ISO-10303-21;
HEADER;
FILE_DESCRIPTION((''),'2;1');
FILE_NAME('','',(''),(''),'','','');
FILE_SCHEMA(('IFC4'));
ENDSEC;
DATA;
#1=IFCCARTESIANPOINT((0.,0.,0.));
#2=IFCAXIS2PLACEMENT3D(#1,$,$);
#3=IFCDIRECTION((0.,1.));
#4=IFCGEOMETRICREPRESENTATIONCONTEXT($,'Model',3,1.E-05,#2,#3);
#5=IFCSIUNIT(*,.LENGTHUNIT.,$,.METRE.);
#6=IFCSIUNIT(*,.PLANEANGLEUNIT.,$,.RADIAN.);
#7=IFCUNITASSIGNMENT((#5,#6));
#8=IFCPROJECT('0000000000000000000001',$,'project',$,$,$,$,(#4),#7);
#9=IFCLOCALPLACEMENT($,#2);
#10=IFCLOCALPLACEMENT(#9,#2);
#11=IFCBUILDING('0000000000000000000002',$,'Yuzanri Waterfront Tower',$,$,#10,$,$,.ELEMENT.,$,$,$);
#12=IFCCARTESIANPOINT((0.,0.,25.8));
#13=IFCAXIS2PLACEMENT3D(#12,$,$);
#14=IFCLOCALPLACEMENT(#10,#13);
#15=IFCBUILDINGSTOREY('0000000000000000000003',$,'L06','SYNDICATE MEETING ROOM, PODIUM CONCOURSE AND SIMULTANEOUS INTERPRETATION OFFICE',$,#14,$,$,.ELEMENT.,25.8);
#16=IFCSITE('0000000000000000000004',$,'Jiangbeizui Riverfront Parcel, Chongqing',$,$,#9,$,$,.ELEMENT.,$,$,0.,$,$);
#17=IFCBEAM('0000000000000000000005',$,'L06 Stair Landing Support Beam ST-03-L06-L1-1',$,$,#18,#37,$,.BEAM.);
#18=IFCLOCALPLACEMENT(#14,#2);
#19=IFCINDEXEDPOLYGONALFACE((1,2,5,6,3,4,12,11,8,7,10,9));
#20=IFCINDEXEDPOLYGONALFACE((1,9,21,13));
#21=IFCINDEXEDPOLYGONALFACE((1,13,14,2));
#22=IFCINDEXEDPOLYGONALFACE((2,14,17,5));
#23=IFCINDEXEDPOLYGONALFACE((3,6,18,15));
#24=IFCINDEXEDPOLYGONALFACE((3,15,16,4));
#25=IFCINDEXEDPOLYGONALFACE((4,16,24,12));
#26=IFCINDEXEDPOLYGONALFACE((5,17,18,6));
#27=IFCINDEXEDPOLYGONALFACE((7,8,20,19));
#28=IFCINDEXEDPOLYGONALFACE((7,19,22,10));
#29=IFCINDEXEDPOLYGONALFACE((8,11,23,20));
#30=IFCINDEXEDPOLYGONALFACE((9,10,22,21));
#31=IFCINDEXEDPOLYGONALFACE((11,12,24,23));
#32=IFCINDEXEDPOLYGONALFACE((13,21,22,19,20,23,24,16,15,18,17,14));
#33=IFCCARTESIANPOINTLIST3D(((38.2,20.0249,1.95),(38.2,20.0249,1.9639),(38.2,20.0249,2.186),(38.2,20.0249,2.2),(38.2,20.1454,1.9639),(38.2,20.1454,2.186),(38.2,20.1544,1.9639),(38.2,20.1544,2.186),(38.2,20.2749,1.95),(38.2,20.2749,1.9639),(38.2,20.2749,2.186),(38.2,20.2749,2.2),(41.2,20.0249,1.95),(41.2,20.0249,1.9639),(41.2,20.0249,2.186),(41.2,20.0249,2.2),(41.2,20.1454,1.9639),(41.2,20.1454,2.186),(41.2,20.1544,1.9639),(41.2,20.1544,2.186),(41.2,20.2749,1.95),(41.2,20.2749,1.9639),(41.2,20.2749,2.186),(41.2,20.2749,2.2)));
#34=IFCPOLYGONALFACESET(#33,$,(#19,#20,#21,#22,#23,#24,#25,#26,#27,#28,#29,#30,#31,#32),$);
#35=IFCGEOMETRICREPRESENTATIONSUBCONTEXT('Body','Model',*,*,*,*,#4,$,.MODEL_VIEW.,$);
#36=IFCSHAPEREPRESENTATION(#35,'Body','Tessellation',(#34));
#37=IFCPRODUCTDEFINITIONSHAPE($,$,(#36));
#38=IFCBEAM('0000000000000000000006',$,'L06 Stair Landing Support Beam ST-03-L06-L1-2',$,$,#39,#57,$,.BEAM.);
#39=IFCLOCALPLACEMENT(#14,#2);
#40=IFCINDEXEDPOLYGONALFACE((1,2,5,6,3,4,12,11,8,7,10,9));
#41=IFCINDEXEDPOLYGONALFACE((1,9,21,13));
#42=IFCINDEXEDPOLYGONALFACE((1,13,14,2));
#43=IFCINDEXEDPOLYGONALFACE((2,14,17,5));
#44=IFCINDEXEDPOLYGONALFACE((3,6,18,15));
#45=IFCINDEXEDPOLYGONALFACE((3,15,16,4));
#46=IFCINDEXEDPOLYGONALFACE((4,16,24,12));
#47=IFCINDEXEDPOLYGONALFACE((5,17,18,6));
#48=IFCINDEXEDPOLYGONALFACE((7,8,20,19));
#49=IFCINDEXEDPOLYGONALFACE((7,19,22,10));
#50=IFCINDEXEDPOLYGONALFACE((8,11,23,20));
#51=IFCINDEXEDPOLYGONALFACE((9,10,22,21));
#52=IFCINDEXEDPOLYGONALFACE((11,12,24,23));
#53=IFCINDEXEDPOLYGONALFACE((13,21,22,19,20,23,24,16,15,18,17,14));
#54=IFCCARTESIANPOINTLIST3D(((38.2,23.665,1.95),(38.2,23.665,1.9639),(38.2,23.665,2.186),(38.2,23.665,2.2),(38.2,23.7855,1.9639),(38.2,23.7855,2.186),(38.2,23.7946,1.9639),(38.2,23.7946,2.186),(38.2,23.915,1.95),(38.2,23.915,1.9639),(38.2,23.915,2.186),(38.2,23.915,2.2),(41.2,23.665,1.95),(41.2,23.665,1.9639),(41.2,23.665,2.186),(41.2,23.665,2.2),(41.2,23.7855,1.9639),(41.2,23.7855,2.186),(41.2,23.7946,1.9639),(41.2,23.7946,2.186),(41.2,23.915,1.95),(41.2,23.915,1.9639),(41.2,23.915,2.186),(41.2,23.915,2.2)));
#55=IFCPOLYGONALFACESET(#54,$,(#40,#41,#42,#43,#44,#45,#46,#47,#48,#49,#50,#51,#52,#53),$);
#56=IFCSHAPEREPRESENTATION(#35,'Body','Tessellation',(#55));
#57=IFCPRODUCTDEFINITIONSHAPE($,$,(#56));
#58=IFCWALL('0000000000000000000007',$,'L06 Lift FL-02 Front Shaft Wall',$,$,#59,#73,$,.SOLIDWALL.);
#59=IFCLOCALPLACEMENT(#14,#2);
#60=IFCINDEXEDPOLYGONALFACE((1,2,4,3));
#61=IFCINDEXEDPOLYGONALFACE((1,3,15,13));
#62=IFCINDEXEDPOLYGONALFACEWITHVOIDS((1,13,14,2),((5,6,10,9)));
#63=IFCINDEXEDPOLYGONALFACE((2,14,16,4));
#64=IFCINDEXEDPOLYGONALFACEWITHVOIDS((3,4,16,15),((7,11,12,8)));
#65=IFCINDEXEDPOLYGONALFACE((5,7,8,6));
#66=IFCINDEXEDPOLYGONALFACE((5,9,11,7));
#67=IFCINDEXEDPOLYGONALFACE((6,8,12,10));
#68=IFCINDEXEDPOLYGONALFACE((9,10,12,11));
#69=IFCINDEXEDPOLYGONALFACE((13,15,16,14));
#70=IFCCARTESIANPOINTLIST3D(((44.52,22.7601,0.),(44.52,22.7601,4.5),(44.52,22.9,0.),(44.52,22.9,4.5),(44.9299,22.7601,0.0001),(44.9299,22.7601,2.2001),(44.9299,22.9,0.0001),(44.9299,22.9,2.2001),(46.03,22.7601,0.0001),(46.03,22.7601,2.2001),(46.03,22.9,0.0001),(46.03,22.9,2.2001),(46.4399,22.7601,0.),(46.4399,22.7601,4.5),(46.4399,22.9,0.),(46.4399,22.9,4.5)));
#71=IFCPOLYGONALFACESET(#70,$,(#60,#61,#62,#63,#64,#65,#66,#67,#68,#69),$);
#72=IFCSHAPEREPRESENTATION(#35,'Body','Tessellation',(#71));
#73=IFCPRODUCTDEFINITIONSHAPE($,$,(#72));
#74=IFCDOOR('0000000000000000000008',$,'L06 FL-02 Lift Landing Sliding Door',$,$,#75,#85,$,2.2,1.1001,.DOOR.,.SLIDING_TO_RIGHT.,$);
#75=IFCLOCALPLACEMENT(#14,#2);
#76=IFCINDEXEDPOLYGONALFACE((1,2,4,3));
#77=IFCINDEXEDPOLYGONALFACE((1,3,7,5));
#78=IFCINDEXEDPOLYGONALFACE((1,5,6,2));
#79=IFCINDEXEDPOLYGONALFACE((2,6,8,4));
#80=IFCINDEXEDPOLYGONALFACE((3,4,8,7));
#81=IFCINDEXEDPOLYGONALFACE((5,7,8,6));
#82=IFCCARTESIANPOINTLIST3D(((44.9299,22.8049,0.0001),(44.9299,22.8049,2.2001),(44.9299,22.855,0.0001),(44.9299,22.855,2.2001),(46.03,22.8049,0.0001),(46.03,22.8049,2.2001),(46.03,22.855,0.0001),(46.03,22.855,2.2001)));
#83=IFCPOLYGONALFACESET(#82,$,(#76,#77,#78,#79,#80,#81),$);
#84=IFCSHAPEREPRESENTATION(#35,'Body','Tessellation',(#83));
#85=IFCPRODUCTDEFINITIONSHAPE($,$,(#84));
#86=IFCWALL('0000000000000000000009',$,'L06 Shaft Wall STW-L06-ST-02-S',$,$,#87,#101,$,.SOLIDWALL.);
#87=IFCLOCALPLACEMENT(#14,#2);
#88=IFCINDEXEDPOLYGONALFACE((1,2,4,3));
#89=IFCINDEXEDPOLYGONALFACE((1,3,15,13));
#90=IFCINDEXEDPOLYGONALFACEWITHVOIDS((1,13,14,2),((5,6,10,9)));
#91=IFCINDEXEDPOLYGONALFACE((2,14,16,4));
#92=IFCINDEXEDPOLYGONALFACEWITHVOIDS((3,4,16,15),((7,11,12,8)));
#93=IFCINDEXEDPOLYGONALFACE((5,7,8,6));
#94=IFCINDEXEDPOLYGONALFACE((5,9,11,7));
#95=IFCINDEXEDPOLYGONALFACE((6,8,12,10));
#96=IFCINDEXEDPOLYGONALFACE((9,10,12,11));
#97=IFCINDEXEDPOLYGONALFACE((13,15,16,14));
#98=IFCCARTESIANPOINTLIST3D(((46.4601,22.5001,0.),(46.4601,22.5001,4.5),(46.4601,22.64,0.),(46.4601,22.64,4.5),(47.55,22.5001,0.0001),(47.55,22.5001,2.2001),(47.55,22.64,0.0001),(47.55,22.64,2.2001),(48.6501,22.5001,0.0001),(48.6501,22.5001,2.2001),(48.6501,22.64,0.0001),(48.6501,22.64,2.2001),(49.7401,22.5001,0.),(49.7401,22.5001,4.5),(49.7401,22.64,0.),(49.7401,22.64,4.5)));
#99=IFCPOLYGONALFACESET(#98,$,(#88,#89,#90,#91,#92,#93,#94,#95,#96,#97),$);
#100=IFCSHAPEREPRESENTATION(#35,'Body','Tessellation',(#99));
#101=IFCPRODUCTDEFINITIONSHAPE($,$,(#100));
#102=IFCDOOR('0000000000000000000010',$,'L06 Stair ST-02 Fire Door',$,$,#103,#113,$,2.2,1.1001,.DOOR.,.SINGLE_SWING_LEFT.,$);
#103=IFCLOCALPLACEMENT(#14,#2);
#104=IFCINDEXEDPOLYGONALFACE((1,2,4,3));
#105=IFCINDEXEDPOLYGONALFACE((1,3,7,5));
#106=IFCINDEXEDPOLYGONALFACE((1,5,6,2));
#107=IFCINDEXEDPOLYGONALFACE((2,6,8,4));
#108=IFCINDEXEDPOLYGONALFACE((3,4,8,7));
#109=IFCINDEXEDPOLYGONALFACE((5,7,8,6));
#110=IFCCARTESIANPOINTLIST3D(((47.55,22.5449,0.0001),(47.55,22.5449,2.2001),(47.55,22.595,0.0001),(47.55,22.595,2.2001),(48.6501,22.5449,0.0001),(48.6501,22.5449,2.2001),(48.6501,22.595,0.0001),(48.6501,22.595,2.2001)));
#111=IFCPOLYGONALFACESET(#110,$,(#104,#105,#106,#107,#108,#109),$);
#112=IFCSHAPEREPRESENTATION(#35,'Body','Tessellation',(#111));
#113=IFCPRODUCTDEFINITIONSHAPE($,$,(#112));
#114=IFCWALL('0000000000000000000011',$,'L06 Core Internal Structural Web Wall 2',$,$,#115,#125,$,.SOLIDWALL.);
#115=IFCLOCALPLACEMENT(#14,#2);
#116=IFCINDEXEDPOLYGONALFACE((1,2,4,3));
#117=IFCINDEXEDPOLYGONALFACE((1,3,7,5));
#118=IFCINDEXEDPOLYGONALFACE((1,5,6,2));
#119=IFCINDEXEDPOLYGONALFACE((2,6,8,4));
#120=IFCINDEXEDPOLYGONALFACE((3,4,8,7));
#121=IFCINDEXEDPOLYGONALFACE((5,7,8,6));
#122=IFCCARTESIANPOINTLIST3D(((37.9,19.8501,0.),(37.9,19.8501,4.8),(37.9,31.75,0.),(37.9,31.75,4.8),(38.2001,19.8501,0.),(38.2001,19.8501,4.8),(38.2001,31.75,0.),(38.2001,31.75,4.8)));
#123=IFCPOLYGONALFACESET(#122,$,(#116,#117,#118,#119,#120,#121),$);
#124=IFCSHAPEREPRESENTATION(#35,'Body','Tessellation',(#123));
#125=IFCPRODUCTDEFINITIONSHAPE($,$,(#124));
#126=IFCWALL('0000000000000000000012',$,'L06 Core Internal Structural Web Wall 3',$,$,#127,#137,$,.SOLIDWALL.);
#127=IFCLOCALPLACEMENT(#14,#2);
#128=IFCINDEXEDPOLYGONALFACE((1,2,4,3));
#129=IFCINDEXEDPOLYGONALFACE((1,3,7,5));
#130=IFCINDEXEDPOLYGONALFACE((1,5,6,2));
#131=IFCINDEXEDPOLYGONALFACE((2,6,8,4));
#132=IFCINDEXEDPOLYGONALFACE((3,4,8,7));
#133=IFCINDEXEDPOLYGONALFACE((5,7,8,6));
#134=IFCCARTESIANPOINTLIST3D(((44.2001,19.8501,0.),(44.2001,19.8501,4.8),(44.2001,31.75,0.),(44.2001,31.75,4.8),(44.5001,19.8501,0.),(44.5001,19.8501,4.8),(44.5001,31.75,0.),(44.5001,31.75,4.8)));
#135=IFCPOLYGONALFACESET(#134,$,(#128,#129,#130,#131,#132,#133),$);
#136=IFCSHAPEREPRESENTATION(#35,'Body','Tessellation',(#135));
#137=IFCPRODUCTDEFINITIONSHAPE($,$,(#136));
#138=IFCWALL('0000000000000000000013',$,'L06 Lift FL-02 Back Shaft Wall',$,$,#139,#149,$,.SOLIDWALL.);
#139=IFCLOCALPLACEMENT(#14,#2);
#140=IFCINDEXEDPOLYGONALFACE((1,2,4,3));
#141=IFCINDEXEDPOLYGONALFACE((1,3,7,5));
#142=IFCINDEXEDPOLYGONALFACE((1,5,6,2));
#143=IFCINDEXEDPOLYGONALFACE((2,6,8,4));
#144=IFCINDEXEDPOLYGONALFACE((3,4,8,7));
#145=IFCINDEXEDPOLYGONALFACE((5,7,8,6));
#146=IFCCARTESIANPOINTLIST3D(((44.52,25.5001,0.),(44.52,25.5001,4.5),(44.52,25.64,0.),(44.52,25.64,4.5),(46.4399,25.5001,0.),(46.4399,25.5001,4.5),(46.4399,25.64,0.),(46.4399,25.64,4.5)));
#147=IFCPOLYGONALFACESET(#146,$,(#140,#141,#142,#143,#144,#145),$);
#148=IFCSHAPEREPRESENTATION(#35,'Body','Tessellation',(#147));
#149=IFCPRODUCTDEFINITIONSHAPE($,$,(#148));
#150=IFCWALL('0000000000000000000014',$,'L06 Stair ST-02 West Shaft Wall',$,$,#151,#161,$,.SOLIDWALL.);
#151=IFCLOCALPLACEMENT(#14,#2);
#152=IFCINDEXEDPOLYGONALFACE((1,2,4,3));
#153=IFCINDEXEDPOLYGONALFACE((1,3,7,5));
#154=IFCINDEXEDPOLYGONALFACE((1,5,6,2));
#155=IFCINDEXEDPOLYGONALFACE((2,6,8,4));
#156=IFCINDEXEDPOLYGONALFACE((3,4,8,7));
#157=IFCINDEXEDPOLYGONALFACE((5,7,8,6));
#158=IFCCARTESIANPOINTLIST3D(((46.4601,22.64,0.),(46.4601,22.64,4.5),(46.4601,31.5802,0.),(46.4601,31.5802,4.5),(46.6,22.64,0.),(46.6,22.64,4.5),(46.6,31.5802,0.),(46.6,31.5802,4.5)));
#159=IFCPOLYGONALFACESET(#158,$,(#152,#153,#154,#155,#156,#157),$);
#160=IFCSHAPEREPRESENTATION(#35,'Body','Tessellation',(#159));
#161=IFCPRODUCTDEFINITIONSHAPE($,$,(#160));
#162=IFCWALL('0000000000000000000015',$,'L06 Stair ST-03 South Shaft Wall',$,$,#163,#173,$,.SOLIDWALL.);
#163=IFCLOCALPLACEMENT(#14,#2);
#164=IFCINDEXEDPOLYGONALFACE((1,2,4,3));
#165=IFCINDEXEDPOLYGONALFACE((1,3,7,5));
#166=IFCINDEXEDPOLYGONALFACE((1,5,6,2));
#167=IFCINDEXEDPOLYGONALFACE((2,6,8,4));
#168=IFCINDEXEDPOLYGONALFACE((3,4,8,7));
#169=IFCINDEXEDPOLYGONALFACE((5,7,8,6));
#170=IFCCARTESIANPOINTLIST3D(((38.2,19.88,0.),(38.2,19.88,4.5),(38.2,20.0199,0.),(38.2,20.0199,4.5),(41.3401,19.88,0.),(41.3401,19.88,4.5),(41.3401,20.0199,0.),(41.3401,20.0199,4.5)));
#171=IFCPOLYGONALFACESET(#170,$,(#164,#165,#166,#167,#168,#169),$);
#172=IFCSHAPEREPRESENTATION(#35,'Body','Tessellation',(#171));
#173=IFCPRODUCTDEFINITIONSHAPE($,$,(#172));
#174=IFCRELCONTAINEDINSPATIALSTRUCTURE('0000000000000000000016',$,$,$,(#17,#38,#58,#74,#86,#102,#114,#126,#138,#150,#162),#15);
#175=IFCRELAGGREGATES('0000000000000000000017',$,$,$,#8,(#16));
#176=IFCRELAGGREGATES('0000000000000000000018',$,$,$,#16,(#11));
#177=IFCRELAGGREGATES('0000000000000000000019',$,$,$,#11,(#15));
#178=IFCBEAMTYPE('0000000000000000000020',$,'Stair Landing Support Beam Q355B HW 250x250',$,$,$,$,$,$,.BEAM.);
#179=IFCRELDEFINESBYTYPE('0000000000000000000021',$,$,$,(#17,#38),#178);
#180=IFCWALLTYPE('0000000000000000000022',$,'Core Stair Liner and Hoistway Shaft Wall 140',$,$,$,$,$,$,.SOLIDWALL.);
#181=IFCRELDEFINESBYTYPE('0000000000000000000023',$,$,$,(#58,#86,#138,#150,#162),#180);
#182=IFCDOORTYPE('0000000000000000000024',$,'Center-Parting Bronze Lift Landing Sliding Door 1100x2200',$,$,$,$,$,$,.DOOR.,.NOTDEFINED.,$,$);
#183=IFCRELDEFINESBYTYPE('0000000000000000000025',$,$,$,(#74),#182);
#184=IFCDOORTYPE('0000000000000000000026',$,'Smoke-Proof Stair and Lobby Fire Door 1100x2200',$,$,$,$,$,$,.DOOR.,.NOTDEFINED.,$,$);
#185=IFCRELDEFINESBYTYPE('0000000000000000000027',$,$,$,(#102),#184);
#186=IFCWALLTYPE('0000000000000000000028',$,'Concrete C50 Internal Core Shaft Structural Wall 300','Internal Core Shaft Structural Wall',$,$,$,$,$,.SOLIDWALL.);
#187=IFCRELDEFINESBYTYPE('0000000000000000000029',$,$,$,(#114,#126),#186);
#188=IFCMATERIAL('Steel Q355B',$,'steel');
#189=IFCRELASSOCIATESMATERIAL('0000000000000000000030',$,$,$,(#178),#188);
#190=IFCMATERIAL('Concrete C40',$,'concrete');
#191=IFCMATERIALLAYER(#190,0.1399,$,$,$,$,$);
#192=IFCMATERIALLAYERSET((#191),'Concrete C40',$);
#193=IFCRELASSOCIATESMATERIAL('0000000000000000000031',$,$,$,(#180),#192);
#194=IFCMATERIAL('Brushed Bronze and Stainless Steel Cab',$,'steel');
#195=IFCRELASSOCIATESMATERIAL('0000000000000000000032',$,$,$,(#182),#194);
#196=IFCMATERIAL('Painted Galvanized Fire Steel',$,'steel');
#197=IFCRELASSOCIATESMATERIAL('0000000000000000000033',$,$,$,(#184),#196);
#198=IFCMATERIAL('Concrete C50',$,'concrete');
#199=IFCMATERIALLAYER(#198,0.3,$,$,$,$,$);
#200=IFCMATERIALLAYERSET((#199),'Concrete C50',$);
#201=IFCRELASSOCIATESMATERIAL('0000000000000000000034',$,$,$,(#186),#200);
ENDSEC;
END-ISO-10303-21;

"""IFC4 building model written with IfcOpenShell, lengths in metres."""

from ifc_helpers import new_model, si_unit, direction, frame, frame_2d, origin, origin_2d, place, context, subcontext, project, spatial, rectangle, i_section, extrude, source, transform, mapped, material, layer, layer_set, material_profile, profile_set, type_object, element, fill, save


model = new_model("IFC4")

# Units and contexts
model_context = context("Model", 3, precision=1e-05, world=origin(), true_north=direction((0.0, 1.0)))
body_context = subcontext(model_context, "Body", "Model", "MODEL_VIEW")
ifc_project = project(units=[si_unit("LENGTHUNIT", "METRE"), si_unit("PLANEANGLEUNIT", "RADIAN")], contexts=[model_context])

# Site, building, storey
site_placement = place(None, origin())
site = spatial("IfcSite", under=ifc_project, at=site_placement, Name="Jiangbeizui Riverfront Parcel, Chongqing", CompositionType="ELEMENT", RefElevation=0.0)
building_placement = place(site_placement, origin())
building = spatial("IfcBuilding", under=site, at=building_placement, Name="Yuzanri Waterfront Tower", CompositionType="ELEMENT")
storey_placement = place(building_placement, frame((0.0, 0.0, 25.8)))
storey = spatial("IfcBuildingStorey", under=building, at=storey_placement, Name="L06", Description="SYNDICATE MEETING ROOM, PODIUM CONCOURSE AND SIMULTANEOUS INTERPRETATION OFFICE", CompositionType="ELEMENT", Elevation=25.8)

# Beams
ifc_material_1 = material(Name="Steel Q355B", Category="steel")
ifc_material_profile = material_profile(ifc_material_1, i_section(OverallWidth=0.25, OverallDepth=0.25, WebThickness=0.009, FlangeThickness=0.0139, at=origin_2d()), Name="HW 250x250x9x14")
ifc_profile_set = profile_set([ifc_material_profile], Name="Steel Q355B")
beam_type = type_object("IfcBeamType", Name="Stair Landing Support Beam Q355B HW 250x250", PredefinedType="BEAM", material=ifc_profile_set)
shared_shape_1 = source(origin(), body_context, "Body", "SweptSolid", [
    extrude(i_section(OverallWidth=0.25, OverallDepth=0.25, WebThickness=0.009, FlangeThickness=0.0139, at=origin_2d()), origin(), (0.0, 0.0, 1.0), 3.0),
])
for number, where, z_axis, x_axis, name in (
    (1, (38.2, 20.1499, 2.075), (1.0, 0.0, 0.0), (0.0, 1.0, 0.0), "L06 Stair Landing Support Beam ST-03-L06-L1-1"),
    (2, (38.2, 23.79, 2.075), (1.0, 0.0, 0.0), (0.0, 1.0, 0.0), "L06 Stair Landing Support Beam ST-03-L06-L1-2"),
):
    element("IfcBeam", number, at=place(storey_placement, frame(where, z_axis=z_axis, x_axis=x_axis)), inside=storey, type_object=beam_type, Name=name, PredefinedType="BEAM", context=body_context, shape_type="MappedRepresentation", body=[
        mapped(shared_shape_1, transform((0.0, 0.0, 0.0), scale=1.0)),
    ])

# Walls, openings, doors
ifc_material_2 = material(Name="Concrete C40", Category="concrete")
ifc_layer_1 = layer(ifc_material_2, 0.1399)
ifc_layer_set_1 = layer_set([ifc_layer_1], Name="Concrete C40")
wall_type_1 = type_object("IfcWallType", Name="Core Stair Liner and Hoistway Shaft Wall 140", PredefinedType="SOLIDWALL", material=ifc_layer_set_1)
wall_1_placement = place(storey_placement, frame((44.52, 22.8301, 0.0), z_axis=(0.0, 0.0, 1.0), x_axis=(1.0, 0.0, 0.0)))
wall_1 = element("IfcWall", 3, at=wall_1_placement, inside=storey, type_object=wall_type_1, Name="L06 Lift FL-02 Front Shaft Wall", PredefinedType="SOLIDWALL", context=body_context, shape_type="SweptSolid", body=[
    extrude(rectangle(XDim=1.9199, YDim=0.1399, at=frame_2d((0.96, 0.0))), origin(), (0.0, 0.0, 1.0), 4.5),
])
opening_1_placement = place(wall_1_placement, frame((0.4099, 0.0, 0.0)))
opening_1 = element("IfcOpeningElement", 4, at=opening_1_placement, cuts=wall_1, PredefinedType="OPENING", context=body_context, shape_type="SweptSolid", body=[
    extrude(rectangle(XDim=1.1001, YDim=2.2, at=frame_2d((0.55, 1.1001))), frame((0.0, 0.085, 0.0), z_axis=(0.0, -1.0, 0.0), x_axis=(1.0, 0.0, 0.0)), (0.0, 0.0, 1.0), 0.1697),
])
ifc_material_3 = material(Name="Brushed Bronze and Stainless Steel Cab", Category="steel")
door_type_1 = type_object("IfcDoorType", Name="Center-Parting Bronze Lift Landing Sliding Door 1100x2200", OperationType="NOTDEFINED", PredefinedType="DOOR", material=ifc_material_3)
shared_shape_2 = source(origin(), body_context, "Body", "SweptSolid", [
    extrude(rectangle(XDim=1.1001, YDim=2.2, at=frame_2d((0.55, 1.1001))), frame((0.0, 0.0249, 0.0), z_axis=(0.0, -1.0, 0.0), x_axis=(1.0, 0.0, 0.0)), (0.0, 0.0, 1.0), 0.05),
])
door_1_placement = place(opening_1_placement, origin())
door_1 = element("IfcDoor", 5, at=door_1_placement, inside=storey, type_object=door_type_1, Name="L06 FL-02 Lift Landing Sliding Door", OperationType="SLIDING_TO_RIGHT", OverallHeight=2.2, OverallWidth=1.1001, PredefinedType="DOOR", context=body_context, shape_type="MappedRepresentation", body=[
    mapped(shared_shape_2, transform((0.0, 0.0, 0.0), scale=1.0)),
])
fill(opening_1, door_1)
wall_2_placement = place(storey_placement, frame((46.46, 22.5701, 0.0), z_axis=(0.0, 0.0, 1.0), x_axis=(1.0, 0.0, 0.0)))
wall_2 = element("IfcWall", 6, at=wall_2_placement, inside=storey, type_object=wall_type_1, Name="L06 Shaft Wall STW-L06-ST-02-S", PredefinedType="SOLIDWALL", context=body_context, shape_type="SweptSolid", body=[
    extrude(rectangle(XDim=3.28, YDim=0.1399, at=frame_2d((1.6401, 0.0))), origin(), (0.0, 0.0, 1.0), 4.5),
])
opening_2_placement = place(wall_2_placement, frame((1.0901, 0.0, 0.0)))
opening_2 = element("IfcOpeningElement", 7, at=opening_2_placement, cuts=wall_2, PredefinedType="OPENING", context=body_context, shape_type="SweptSolid", body=[
    extrude(rectangle(XDim=1.1001, YDim=2.2, at=frame_2d((0.55, 1.1001))), frame((0.0, 0.085, 0.0), z_axis=(0.0, -1.0, 0.0), x_axis=(1.0, 0.0, 0.0)), (0.0, 0.0, 1.0), 0.1697),
])
ifc_material_4 = material(Name="Painted Galvanized Fire Steel", Category="steel")
door_type_2 = type_object("IfcDoorType", Name="Smoke-Proof Stair and Lobby Fire Door 1100x2200", OperationType="NOTDEFINED", PredefinedType="DOOR", material=ifc_material_4)
shared_shape_3 = source(origin(), body_context, "Body", "SweptSolid", [
    extrude(rectangle(XDim=1.1001, YDim=2.2, at=frame_2d((0.55, 1.1001))), frame((0.0, 0.0249, 0.0), z_axis=(0.0, -1.0, 0.0), x_axis=(1.0, 0.0, 0.0)), (0.0, 0.0, 1.0), 0.05),
])
door_2_placement = place(opening_2_placement, origin())
door_2 = element("IfcDoor", 8, at=door_2_placement, inside=storey, type_object=door_type_2, Name="L06 Stair ST-02 Fire Door", OperationType="SINGLE_SWING_LEFT", OverallHeight=2.2, OverallWidth=1.1001, PredefinedType="DOOR", context=body_context, shape_type="MappedRepresentation", body=[
    mapped(shared_shape_3, transform((0.0, 0.0, 0.0), scale=1.0)),
])
fill(opening_2, door_2)

# Walls
ifc_material_5 = material(Name="Concrete C50", Category="concrete")
ifc_layer_2 = layer(ifc_material_5, 0.3)
ifc_layer_set_2 = layer_set([ifc_layer_2], Name="Concrete C50")
wall_type_2 = type_object("IfcWallType", Name="Concrete C50 Internal Core Shaft Structural Wall 300", Description="Internal Core Shaft Structural Wall", PredefinedType="SOLIDWALL", material=ifc_layer_set_2)
shared_shape_4 = source(origin(), body_context, "Body", "SweptSolid", [
    extrude(rectangle(XDim=11.8999, YDim=0.3, at=frame_2d((5.95, 0.0))), origin(), (0.0, 0.0, 1.0), 4.8),
])
for number, where, z_axis, x_axis, name in (
    (9, (38.05, 19.8501, 0.0), (0.0, 0.0, 1.0), (0.0, 1.0, 0.0), "L06 Core Internal Structural Web Wall 2"),
    (10, (44.3501, 19.8501, 0.0), (0.0, 0.0, 1.0), (0.0, 1.0, 0.0), "L06 Core Internal Structural Web Wall 3"),
):
    element("IfcWall", number, at=place(storey_placement, frame(where, z_axis=z_axis, x_axis=x_axis)), inside=storey, type_object=wall_type_2, Name=name, PredefinedType="SOLIDWALL", context=body_context, shape_type="MappedRepresentation", body=[
        mapped(shared_shape_4, transform((0.0, 0.0, 0.0), scale=1.0)),
    ])
shared_shape_5 = source(origin(), body_context, "Body", "SweptSolid", [
    extrude(rectangle(XDim=1.9199, YDim=0.1399, at=frame_2d((0.96, 0.0))), origin(), (0.0, 0.0, 1.0), 4.5),
])
wall_3_placement = place(storey_placement, frame((44.52, 25.5701, 0.0), z_axis=(0.0, 0.0, 1.0), x_axis=(1.0, 0.0, 0.0)))
element("IfcWall", 11, at=wall_3_placement, inside=storey, type_object=wall_type_1, Name="L06 Lift FL-02 Back Shaft Wall", PredefinedType="SOLIDWALL", context=body_context, shape_type="MappedRepresentation", body=[
    mapped(shared_shape_5, transform((0.0, 0.0, 0.0), scale=1.0)),
])
shared_shape_6 = source(origin(), body_context, "Body", "SweptSolid", [
    extrude(rectangle(XDim=8.9402, YDim=0.1399, at=frame_2d((4.4702, 0.0))), origin(), (0.0, 0.0, 1.0), 4.5),
])
wall_4_placement = place(storey_placement, frame((46.53, 22.6399, 0.0), z_axis=(0.0, 0.0, 1.0), x_axis=(0.0, 1.0, 0.0)))
element("IfcWall", 12, at=wall_4_placement, inside=storey, type_object=wall_type_1, Name="L06 Stair ST-02 West Shaft Wall", PredefinedType="SOLIDWALL", context=body_context, shape_type="MappedRepresentation", body=[
    mapped(shared_shape_6, transform((0.0, 0.0, 0.0), scale=1.0)),
])
shared_shape_7 = source(origin(), body_context, "Body", "SweptSolid", [
    extrude(rectangle(XDim=3.1401, YDim=0.1399, at=frame_2d((1.5701, 0.0))), origin(), (0.0, 0.0, 1.0), 4.5),
])
wall_5_placement = place(storey_placement, frame((38.2, 19.95, 0.0), z_axis=(0.0, 0.0, 1.0), x_axis=(1.0, 0.0, 0.0)))
element("IfcWall", 13, at=wall_5_placement, inside=storey, type_object=wall_type_1, Name="L06 Stair ST-03 South Shaft Wall", PredefinedType="SOLIDWALL", context=body_context, shape_type="MappedRepresentation", body=[
    mapped(shared_shape_7, transform((0.0, 0.0, 0.0), scale=1.0)),
])

save(model, "model.ifc")
